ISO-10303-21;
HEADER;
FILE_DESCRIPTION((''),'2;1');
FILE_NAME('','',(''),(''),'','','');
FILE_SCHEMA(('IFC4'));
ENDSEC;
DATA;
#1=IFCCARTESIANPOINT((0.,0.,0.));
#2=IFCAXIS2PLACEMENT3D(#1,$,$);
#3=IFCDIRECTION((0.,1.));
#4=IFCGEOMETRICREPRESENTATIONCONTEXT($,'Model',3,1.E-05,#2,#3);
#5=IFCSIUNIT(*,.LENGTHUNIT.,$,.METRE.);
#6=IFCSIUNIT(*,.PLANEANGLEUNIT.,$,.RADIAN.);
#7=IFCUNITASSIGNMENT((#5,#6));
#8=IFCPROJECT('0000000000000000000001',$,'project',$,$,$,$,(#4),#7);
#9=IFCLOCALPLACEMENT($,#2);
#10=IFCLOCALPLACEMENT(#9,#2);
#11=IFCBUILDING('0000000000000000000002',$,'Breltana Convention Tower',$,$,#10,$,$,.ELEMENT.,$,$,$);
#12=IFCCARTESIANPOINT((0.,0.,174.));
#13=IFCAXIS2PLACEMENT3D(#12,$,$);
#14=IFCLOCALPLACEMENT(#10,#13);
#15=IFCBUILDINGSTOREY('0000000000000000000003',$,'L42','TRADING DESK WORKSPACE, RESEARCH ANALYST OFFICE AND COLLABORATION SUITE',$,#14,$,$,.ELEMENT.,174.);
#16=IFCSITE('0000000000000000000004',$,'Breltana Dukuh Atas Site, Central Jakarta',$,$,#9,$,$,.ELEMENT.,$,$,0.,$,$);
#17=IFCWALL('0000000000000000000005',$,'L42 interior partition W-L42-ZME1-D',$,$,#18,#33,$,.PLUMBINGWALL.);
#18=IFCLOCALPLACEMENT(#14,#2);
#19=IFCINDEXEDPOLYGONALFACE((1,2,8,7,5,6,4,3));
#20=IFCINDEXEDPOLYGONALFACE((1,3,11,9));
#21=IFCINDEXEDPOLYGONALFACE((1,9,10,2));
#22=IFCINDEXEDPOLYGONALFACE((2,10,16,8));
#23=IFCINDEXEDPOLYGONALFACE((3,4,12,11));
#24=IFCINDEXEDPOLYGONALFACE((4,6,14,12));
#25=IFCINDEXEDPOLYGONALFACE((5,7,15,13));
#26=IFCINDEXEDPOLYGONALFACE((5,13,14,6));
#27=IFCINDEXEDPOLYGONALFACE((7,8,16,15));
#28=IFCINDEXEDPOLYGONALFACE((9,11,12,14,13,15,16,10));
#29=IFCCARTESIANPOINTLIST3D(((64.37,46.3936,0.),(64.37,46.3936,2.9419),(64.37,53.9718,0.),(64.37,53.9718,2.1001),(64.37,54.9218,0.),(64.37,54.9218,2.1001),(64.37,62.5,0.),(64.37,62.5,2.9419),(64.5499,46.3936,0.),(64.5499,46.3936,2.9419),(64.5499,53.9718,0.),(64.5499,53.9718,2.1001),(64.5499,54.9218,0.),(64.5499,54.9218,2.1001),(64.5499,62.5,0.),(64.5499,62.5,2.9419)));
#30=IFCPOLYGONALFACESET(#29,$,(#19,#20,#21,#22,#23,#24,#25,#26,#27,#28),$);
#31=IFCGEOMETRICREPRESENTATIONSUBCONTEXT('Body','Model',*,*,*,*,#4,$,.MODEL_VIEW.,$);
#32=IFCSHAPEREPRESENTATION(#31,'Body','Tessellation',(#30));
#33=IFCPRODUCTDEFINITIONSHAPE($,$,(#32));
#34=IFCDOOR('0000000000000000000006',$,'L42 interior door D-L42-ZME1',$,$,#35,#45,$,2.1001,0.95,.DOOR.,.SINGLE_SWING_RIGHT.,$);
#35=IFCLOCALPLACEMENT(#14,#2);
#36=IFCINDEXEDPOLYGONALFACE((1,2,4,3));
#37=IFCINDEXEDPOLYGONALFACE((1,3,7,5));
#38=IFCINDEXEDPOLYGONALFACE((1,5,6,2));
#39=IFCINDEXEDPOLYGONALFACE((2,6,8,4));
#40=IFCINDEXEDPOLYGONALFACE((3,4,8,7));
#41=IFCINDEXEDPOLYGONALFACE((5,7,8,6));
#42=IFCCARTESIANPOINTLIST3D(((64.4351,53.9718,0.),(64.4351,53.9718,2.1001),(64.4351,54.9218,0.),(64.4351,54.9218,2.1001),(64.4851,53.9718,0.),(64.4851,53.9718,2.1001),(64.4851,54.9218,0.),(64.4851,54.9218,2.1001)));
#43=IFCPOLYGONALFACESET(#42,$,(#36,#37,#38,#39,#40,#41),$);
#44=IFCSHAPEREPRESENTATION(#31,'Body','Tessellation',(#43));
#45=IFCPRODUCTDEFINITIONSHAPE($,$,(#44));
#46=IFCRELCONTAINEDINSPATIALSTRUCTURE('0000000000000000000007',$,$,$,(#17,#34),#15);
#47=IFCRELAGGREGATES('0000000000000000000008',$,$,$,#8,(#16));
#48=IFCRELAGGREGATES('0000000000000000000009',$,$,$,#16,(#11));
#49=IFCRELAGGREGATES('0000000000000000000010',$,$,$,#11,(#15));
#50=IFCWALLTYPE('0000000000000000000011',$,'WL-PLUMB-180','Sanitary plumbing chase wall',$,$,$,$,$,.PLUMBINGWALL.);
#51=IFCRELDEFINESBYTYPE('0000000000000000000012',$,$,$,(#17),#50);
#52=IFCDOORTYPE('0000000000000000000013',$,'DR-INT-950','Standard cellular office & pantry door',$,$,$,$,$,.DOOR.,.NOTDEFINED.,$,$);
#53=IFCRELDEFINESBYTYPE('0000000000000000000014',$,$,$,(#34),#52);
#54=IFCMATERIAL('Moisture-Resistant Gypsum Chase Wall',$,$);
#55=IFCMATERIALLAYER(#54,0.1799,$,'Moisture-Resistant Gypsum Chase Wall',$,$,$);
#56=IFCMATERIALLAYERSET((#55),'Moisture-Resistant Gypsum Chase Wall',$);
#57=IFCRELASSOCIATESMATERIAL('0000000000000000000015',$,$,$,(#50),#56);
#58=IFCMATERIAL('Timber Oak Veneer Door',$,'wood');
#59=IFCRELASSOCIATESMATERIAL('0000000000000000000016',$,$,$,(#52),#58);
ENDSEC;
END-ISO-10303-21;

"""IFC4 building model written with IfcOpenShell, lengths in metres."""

from ifc_helpers import new_model, si_unit, direction, frame, frame_2d, origin, place, context, subcontext, project, spatial, rectangle, extrude, source, transform, mapped, material, layer, layer_set, type_object, type_shapes, element, fill, save


model = new_model("IFC4")

# Units and contexts
model_context = context("Model", 3, precision=1e-05, world=origin(), true_north=direction((0.0, 1.0)))
body_context = subcontext(model_context, "Body", "Model", "MODEL_VIEW")
ifc_project = project(units=[si_unit("LENGTHUNIT", "METRE"), si_unit("PLANEANGLEUNIT", "RADIAN")], contexts=[model_context])

# Site, building, storey
site_placement = place(None, origin())
site = spatial("IfcSite", under=ifc_project, at=site_placement, Name="Breltana Dukuh Atas Site, Central Jakarta", CompositionType="ELEMENT", RefElevation=0.0)
building_placement = place(site_placement, origin())
building = spatial("IfcBuilding", under=site, at=building_placement, Name="Breltana Convention Tower", CompositionType="ELEMENT")
storey_placement = place(building_placement, frame((0.0, 0.0, 174.0)))
storey = spatial("IfcBuildingStorey", under=building, at=storey_placement, Name="L42", Description="TRADING DESK WORKSPACE, RESEARCH ANALYST OFFICE AND COLLABORATION SUITE", CompositionType="ELEMENT", Elevation=174.0)

# Shared definitions
ifc_material_1 = material(Name="Moisture-Resistant Gypsum Chase Wall")
ifc_layer_1 = layer(ifc_material_1, 0.1799, Name="Moisture-Resistant Gypsum Chase Wall")
ifc_layer_set_1 = layer_set([ifc_layer_1], Name="Moisture-Resistant Gypsum Chase Wall")
wall_type_1 = type_object("IfcWallType", Name="WL-PLUMB-180", Description="Sanitary plumbing chase wall", PredefinedType="PLUMBINGWALL", material=ifc_layer_set_1)

# Wall, opening, door
shared_shape_1 = source(origin(), body_context, "Body", "SweptSolid", [
    extrude(rectangle(XDim=16.1064, YDim=0.1799, at=frame_2d((8.0532, 0.0))), origin(), (0.0, 0.0, 1.0), 2.9419),
])
wall_1_placement = place(storey_placement, frame((64.46, 46.3936, 0.0), z_axis=(0.0, 0.0, 1.0), x_axis=(0.0, 1.0, 0.0)))
wall_1 = element("IfcWall", 1, at=wall_1_placement, inside=storey, type_object=wall_type_1, Name="L42 interior partition W-L42-ZME1-D", PredefinedType="PLUMBINGWALL", context=body_context, shape_type="MappedRepresentation", body=[
    mapped(shared_shape_1, transform((0.0, 0.0, 0.0), scale=1.0)),
])
opening_placement = place(wall_1_placement, frame((7.5781, 0.0, 0.0)))
opening = element("IfcOpeningElement", 2, at=opening_placement, cuts=wall_1, PredefinedType="OPENING", context=body_context, shape_type="SweptSolid", body=[
    extrude(rectangle(XDim=0.95, YDim=2.1001, at=frame_2d((0.4751, 1.05))), frame((0.0, 0.1001, 0.0), z_axis=(0.0, -1.0, 0.0), x_axis=(1.0, 0.0, 0.0)), (0.0, 0.0, 1.0), 0.2),
])
ifc_material_2 = material(Name="Timber Oak Veneer Door", Category="wood")
door_type = type_object("IfcDoorType", Name="DR-INT-950", Description="Standard cellular office & pantry door", OperationType="NOTDEFINED", PredefinedType="DOOR", material=ifc_material_2)
shared_shape_2 = source(origin(), body_context, "Body", "SweptSolid", [
    extrude(rectangle(XDim=0.95, YDim=2.1001, at=frame_2d((0.4751, 1.05))), frame((0.0, 0.0249, 0.0), z_axis=(0.0, -1.0, 0.0), x_axis=(1.0, 0.0, 0.0)), (0.0, 0.0, 1.0), 0.05),
])
type_shapes(door_type, [shared_shape_2])
door_placement = place(opening_placement, origin())
door = element("IfcDoor", 3, at=door_placement, inside=storey, type_object=door_type, Name="L42 interior door D-L42-ZME1", OperationType="SINGLE_SWING_RIGHT", OverallHeight=2.1001, OverallWidth=0.95, PredefinedType="DOOR", context=body_context, shape_type="MappedRepresentation", body=[
    mapped(shared_shape_2, transform((0.0, 0.0, 0.0), scale=1.0)),
])
fill(opening, door)

save(model, "model.ifc")
